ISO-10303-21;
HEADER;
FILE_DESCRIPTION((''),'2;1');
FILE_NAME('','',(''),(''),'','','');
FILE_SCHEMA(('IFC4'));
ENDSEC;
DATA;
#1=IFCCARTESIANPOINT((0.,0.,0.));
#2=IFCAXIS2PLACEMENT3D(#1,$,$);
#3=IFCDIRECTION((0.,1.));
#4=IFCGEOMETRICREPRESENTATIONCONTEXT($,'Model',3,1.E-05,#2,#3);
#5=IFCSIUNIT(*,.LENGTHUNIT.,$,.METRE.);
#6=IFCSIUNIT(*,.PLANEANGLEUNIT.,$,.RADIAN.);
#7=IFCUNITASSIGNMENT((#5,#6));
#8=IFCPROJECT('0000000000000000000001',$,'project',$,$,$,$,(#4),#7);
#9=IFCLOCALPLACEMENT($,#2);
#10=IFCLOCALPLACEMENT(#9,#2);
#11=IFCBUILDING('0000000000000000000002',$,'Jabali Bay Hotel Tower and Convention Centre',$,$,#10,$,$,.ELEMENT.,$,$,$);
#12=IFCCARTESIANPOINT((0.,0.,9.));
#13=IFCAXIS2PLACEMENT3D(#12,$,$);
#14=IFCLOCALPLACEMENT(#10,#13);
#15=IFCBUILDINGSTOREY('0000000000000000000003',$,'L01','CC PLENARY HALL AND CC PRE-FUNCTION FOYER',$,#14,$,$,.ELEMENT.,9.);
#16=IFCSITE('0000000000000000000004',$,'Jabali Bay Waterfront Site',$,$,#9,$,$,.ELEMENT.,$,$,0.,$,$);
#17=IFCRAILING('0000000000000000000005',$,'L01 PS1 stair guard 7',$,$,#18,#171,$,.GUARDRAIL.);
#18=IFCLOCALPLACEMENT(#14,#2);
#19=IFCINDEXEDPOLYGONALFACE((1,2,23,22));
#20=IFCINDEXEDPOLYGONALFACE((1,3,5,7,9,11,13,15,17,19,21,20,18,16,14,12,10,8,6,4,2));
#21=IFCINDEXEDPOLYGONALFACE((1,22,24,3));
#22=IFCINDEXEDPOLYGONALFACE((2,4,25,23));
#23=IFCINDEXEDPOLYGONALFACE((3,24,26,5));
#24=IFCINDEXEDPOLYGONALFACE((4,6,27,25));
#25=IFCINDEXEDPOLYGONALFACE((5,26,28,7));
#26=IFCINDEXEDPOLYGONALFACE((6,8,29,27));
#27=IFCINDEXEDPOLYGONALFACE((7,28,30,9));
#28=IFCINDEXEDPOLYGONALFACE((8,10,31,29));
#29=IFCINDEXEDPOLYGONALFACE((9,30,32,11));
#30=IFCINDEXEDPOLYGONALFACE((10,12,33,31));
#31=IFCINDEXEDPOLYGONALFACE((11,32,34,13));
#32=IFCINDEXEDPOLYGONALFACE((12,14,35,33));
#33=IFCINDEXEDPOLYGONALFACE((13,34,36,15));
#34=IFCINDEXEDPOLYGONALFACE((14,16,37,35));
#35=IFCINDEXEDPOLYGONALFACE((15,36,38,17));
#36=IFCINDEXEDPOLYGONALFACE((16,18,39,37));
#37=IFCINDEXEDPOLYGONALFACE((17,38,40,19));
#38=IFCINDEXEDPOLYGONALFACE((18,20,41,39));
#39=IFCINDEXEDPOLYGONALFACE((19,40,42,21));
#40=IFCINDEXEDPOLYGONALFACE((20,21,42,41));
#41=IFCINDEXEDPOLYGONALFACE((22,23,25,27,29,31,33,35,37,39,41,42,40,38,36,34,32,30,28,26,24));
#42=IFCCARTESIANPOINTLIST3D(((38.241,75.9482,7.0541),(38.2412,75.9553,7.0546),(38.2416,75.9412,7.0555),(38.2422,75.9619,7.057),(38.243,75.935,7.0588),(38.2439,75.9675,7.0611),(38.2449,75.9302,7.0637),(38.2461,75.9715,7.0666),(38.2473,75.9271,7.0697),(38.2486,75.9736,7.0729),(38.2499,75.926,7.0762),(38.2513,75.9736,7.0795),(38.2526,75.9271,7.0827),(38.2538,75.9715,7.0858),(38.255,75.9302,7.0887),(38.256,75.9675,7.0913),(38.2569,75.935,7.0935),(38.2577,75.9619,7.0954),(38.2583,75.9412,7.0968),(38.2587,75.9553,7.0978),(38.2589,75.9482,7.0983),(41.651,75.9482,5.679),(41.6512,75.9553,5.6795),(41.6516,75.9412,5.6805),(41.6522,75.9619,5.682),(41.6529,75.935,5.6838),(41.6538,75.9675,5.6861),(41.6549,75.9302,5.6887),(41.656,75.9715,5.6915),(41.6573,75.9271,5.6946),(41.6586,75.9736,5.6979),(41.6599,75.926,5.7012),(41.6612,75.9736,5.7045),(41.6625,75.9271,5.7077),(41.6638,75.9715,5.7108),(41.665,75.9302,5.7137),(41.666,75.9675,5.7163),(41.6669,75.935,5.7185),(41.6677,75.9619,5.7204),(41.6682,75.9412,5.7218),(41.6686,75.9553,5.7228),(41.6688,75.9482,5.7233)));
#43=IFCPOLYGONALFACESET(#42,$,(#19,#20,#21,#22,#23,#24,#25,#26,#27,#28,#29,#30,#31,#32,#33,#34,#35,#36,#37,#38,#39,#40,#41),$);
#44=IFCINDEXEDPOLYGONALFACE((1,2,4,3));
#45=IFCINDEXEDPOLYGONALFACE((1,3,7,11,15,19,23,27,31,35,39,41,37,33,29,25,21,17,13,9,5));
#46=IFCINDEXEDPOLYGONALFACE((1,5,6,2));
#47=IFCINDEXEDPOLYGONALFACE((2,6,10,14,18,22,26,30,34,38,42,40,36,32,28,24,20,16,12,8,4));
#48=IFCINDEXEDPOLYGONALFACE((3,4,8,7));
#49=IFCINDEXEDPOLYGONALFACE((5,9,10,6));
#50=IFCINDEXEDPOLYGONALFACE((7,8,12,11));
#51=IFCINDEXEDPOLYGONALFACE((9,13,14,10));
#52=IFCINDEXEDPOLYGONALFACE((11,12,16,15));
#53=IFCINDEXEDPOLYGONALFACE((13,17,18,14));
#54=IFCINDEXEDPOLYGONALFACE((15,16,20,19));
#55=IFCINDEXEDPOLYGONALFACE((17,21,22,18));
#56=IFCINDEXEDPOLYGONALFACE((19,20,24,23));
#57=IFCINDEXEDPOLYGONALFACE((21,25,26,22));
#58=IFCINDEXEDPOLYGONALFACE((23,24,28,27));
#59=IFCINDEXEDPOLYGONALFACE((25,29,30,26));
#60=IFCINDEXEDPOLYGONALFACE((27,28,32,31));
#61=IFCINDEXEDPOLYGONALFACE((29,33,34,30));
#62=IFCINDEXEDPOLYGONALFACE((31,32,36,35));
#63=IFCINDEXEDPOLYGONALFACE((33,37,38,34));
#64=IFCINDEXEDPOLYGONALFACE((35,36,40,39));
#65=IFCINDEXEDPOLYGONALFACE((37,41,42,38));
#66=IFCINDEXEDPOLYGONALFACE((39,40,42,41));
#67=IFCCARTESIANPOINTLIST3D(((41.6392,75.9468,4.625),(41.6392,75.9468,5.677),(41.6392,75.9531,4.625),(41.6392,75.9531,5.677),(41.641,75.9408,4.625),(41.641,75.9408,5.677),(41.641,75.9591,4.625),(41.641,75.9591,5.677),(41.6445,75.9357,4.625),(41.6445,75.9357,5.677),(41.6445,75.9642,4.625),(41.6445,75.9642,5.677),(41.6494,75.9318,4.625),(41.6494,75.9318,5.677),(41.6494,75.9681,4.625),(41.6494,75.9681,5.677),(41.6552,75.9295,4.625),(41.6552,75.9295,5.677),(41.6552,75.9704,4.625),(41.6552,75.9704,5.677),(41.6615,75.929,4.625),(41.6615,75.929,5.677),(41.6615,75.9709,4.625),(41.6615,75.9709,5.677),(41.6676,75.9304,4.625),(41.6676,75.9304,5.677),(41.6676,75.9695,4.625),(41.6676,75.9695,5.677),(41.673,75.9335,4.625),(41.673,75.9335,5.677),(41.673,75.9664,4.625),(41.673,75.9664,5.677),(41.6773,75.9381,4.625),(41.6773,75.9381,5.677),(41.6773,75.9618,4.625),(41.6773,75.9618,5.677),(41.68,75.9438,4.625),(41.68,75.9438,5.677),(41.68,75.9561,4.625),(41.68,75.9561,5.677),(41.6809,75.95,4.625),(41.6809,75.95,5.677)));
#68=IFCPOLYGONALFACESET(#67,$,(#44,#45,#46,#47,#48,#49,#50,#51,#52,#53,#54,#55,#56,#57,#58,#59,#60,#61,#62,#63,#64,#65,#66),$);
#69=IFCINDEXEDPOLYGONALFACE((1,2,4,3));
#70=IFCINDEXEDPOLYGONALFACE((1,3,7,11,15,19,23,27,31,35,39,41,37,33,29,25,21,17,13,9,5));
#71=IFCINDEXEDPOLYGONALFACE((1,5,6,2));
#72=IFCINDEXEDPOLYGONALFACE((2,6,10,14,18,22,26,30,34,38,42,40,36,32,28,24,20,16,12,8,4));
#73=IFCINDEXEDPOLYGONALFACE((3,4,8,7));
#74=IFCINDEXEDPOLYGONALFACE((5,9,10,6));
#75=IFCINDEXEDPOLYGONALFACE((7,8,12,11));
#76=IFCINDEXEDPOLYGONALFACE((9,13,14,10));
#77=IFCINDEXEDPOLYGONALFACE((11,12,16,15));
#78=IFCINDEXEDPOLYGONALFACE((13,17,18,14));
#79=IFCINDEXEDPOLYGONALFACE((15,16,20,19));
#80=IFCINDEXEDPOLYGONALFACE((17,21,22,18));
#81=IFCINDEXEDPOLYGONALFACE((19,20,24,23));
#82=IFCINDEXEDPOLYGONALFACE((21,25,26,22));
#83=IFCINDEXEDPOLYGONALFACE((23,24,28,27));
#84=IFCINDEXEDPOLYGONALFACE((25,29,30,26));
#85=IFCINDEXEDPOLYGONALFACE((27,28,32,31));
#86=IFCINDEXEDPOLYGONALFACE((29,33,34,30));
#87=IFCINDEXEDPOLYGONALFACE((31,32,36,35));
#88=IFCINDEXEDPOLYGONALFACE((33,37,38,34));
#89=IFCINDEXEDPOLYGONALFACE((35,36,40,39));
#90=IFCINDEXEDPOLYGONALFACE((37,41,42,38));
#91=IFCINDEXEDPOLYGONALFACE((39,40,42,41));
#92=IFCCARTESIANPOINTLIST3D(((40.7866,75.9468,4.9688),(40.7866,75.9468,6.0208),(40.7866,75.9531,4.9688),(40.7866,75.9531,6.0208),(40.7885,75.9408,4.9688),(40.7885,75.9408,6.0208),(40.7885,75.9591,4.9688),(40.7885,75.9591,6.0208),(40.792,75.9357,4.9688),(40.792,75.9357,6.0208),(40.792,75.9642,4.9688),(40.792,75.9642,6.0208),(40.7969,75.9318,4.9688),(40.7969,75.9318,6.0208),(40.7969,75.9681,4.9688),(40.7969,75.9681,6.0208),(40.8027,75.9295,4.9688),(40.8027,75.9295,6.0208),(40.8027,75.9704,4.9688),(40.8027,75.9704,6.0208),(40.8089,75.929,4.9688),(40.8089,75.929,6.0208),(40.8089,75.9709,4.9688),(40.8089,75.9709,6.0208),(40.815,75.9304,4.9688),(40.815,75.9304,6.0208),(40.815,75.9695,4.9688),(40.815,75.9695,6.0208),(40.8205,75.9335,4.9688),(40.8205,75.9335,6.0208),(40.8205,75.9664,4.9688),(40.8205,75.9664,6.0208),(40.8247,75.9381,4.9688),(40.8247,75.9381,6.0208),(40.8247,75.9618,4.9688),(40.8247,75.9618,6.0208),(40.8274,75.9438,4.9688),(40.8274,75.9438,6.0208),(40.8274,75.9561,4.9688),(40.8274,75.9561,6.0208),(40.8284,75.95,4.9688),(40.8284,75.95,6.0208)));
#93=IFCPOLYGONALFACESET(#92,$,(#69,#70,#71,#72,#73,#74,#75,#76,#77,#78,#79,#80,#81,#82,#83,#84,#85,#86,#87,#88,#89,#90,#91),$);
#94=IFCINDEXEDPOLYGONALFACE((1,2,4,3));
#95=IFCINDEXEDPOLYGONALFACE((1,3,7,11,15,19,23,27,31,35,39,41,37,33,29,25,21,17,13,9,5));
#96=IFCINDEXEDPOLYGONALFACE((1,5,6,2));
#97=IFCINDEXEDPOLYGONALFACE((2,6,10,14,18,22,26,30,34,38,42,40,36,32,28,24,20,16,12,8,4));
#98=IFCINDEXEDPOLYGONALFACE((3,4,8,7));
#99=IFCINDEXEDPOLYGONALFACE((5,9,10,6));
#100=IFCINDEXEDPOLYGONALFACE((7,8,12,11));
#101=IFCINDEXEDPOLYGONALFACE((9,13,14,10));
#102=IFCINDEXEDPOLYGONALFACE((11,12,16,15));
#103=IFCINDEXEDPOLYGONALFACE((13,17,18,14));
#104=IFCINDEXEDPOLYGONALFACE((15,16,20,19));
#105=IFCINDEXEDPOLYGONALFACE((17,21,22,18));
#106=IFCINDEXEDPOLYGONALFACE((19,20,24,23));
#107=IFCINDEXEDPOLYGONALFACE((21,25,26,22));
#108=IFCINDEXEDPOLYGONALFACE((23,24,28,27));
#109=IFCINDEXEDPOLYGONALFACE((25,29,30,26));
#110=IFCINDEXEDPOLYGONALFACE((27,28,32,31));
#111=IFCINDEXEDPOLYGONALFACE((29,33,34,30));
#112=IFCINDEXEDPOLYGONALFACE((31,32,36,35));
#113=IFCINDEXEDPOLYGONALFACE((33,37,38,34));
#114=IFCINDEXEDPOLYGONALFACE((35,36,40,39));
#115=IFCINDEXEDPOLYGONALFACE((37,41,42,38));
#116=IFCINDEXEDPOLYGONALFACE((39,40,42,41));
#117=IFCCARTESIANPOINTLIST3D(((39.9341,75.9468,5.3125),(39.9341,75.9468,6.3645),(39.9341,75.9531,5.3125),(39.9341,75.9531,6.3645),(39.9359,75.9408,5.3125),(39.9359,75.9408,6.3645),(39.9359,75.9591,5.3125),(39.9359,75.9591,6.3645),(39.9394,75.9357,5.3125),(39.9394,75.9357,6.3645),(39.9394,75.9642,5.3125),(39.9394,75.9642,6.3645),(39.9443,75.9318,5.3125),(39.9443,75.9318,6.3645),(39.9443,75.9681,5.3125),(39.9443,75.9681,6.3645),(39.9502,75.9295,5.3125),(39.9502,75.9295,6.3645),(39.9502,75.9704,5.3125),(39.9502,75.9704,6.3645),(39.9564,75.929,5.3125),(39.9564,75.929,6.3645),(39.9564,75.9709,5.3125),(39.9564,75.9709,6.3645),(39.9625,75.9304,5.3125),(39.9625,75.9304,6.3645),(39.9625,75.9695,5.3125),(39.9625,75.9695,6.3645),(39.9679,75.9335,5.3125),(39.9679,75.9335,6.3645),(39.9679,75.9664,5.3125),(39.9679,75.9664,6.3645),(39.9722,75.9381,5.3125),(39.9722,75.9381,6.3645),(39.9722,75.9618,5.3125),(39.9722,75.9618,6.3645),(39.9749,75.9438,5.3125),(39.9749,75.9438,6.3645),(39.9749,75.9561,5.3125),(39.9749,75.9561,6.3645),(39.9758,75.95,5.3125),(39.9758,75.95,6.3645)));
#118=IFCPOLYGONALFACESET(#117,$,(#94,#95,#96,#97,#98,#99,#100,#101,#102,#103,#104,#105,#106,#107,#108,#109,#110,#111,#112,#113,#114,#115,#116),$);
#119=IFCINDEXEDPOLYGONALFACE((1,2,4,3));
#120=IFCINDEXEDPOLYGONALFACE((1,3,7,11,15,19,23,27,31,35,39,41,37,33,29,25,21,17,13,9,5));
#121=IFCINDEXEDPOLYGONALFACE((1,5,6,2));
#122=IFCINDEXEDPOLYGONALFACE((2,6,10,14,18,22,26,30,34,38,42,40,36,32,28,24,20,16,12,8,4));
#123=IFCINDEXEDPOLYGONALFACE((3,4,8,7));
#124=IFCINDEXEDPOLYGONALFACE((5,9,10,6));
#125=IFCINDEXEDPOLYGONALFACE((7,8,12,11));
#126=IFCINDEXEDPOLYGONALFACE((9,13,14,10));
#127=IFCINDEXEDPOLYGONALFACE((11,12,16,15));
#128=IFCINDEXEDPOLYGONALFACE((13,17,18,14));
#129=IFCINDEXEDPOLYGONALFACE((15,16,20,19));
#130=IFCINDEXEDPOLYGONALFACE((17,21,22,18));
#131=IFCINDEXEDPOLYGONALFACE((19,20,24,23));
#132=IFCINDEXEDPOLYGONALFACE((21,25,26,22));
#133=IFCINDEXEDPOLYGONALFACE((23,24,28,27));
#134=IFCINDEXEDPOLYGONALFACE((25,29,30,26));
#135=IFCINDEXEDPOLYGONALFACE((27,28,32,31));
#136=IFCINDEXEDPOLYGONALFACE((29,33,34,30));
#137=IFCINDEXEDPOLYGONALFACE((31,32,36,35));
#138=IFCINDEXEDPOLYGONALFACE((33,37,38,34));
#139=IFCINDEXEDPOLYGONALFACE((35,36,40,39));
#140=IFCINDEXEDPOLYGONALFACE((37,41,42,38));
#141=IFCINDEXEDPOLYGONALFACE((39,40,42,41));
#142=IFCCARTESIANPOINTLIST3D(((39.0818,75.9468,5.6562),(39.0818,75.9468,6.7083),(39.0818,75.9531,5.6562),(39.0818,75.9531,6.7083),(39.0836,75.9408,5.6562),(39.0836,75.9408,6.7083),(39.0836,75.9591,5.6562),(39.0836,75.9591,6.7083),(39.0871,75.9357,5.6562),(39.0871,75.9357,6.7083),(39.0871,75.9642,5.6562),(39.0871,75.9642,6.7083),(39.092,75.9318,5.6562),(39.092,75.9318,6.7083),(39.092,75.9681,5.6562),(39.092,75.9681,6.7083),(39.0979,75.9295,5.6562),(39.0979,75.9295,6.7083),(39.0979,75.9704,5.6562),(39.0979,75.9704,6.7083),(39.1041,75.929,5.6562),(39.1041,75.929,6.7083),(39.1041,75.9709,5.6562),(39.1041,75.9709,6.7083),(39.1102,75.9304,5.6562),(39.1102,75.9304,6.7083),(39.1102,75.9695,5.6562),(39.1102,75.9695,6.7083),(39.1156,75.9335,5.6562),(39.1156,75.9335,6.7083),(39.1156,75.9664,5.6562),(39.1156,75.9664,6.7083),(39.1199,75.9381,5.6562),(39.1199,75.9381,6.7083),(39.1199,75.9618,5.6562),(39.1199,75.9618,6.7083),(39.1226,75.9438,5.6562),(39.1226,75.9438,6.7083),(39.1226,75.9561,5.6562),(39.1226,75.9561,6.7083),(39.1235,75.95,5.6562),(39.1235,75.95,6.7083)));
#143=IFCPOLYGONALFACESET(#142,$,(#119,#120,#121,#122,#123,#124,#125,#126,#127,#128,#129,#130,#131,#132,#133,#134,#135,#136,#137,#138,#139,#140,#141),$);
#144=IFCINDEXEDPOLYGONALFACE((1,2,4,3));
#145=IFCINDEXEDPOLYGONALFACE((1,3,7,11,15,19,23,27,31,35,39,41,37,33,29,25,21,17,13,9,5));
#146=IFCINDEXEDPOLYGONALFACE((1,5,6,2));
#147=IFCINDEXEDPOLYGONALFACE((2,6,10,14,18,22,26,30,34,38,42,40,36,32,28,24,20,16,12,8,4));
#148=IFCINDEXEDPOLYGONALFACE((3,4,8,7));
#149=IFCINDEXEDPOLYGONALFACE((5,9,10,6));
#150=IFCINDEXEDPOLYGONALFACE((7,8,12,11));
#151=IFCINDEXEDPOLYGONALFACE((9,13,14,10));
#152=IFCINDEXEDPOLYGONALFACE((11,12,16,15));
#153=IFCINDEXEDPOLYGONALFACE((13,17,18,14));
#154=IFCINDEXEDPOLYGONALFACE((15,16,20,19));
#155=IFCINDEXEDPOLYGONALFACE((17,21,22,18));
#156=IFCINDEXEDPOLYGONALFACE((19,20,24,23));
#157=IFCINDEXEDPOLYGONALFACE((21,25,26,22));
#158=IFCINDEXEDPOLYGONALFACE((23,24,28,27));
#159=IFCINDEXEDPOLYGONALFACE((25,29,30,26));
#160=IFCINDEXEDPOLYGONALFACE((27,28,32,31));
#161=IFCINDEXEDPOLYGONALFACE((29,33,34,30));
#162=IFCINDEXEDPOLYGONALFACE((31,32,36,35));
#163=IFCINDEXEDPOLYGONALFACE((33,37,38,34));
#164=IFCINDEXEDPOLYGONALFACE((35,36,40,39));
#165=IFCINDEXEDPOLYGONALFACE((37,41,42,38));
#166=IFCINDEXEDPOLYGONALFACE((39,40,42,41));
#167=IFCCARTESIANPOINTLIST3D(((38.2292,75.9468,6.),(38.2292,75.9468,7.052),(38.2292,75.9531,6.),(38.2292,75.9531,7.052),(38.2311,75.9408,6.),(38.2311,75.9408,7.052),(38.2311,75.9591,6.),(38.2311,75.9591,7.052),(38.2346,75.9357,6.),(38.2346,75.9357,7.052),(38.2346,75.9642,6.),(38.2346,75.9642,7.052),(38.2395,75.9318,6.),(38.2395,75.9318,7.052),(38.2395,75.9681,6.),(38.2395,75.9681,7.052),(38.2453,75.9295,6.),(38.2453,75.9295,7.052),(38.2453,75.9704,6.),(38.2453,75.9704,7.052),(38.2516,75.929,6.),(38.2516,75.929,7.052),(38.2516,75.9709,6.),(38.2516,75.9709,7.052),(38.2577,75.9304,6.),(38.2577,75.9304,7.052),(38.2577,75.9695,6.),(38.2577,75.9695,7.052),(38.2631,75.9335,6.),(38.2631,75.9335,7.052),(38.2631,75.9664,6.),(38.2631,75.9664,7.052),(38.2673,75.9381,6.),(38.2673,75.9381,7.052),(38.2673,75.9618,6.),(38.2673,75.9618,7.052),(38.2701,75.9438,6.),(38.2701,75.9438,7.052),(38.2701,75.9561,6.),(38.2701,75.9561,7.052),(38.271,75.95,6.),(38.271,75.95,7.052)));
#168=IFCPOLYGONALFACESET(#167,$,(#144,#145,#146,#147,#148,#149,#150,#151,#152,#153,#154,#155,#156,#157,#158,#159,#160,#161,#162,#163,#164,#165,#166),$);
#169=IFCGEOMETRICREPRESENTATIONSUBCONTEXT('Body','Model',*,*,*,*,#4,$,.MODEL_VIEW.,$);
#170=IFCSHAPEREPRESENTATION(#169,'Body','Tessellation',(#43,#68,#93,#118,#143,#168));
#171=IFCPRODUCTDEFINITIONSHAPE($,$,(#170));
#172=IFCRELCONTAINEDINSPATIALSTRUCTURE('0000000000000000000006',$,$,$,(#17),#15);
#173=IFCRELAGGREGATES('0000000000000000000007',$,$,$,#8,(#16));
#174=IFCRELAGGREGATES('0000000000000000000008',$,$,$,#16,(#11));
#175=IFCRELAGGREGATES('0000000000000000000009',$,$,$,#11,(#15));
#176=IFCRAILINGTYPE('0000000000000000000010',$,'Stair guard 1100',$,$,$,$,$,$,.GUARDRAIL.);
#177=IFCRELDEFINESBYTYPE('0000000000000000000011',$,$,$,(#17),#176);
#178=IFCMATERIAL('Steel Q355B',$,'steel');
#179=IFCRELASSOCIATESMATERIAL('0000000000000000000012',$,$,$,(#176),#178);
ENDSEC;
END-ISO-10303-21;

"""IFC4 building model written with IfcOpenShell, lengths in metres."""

from ifc_helpers import new_model, si_unit, direction, frame, origin, origin_2d, place, context, subcontext, project, spatial, circle, extrude, material, type_object, element, save


model = new_model("IFC4")

# Units and contexts
model_context = context("Model", 3, precision=1e-05, world=origin(), true_north=direction((0.0, 1.0)))
body_context = subcontext(model_context, "Body", "Model", "MODEL_VIEW")
ifc_project = project(units=[si_unit("LENGTHUNIT", "METRE"), si_unit("PLANEANGLEUNIT", "RADIAN")], contexts=[model_context])

# Site, building, storey
site_placement = place(None, origin())
site = spatial("IfcSite", under=ifc_project, at=site_placement, Name="Jabali Bay Waterfront Site", CompositionType="ELEMENT", RefElevation=0.0)
building_placement = place(site_placement, origin())
building = spatial("IfcBuilding", under=site, at=building_placement, Name="Jabali Bay Hotel Tower and Convention Centre", CompositionType="ELEMENT")
storey_placement = place(building_placement, frame((0.0, 0.0, 9.0)))
storey = spatial("IfcBuildingStorey", under=building, at=storey_placement, Name="L01", Description="CC PLENARY HALL AND CC PRE-FUNCTION FOYER", CompositionType="ELEMENT", Elevation=9.0)

# Railing
ifc_material_1 = material(Name="Steel Q355B", Category="steel")
railing_type_1 = type_object("IfcRailingType", Name="Stair guard 1100", PredefinedType="GUARDRAIL", material=ifc_material_1)
railing_1_placement = place(storey_placement, frame((41.6599, 75.95, 4.625)))
element("IfcRailing", 1, at=railing_1_placement, inside=storey, type_object=railing_type_1, Name="L01 PS1 stair guard 7", PredefinedType="GUARDRAIL", context=body_context, shape_type="SweptSolid", body=[
    extrude(circle(Radius=0.0239, at=origin_2d()), frame((0.0, 0.0, 1.0762), z_axis=(-0.927438, 0.0, 0.373977), x_axis=(0.0, -1.0, 0.0)), (0.0, 0.0, 1.0), 3.6768),
    extrude(circle(Radius=0.021, at=origin_2d()), origin(), (0.0, 0.0, 1.0), 1.052),
    extrude(circle(Radius=0.021, at=origin_2d()), frame((-0.8525, 0.0, 0.3438)), (0.0, 0.0, 1.0), 1.052),
    extrude(circle(Radius=0.021, at=origin_2d()), frame((-1.7051, 0.0, 0.6875)), (0.0, 0.0, 1.0), 1.052),
    extrude(circle(Radius=0.021, at=origin_2d()), frame((-2.5574, 0.0, 1.0312)), (0.0, 0.0, 1.0), 1.052),
    extrude(circle(Radius=0.021, at=origin_2d()), frame((-3.4099, 0.0, 1.375)), (0.0, 0.0, 1.0), 1.052),
])

save(model, "model.ifc")
